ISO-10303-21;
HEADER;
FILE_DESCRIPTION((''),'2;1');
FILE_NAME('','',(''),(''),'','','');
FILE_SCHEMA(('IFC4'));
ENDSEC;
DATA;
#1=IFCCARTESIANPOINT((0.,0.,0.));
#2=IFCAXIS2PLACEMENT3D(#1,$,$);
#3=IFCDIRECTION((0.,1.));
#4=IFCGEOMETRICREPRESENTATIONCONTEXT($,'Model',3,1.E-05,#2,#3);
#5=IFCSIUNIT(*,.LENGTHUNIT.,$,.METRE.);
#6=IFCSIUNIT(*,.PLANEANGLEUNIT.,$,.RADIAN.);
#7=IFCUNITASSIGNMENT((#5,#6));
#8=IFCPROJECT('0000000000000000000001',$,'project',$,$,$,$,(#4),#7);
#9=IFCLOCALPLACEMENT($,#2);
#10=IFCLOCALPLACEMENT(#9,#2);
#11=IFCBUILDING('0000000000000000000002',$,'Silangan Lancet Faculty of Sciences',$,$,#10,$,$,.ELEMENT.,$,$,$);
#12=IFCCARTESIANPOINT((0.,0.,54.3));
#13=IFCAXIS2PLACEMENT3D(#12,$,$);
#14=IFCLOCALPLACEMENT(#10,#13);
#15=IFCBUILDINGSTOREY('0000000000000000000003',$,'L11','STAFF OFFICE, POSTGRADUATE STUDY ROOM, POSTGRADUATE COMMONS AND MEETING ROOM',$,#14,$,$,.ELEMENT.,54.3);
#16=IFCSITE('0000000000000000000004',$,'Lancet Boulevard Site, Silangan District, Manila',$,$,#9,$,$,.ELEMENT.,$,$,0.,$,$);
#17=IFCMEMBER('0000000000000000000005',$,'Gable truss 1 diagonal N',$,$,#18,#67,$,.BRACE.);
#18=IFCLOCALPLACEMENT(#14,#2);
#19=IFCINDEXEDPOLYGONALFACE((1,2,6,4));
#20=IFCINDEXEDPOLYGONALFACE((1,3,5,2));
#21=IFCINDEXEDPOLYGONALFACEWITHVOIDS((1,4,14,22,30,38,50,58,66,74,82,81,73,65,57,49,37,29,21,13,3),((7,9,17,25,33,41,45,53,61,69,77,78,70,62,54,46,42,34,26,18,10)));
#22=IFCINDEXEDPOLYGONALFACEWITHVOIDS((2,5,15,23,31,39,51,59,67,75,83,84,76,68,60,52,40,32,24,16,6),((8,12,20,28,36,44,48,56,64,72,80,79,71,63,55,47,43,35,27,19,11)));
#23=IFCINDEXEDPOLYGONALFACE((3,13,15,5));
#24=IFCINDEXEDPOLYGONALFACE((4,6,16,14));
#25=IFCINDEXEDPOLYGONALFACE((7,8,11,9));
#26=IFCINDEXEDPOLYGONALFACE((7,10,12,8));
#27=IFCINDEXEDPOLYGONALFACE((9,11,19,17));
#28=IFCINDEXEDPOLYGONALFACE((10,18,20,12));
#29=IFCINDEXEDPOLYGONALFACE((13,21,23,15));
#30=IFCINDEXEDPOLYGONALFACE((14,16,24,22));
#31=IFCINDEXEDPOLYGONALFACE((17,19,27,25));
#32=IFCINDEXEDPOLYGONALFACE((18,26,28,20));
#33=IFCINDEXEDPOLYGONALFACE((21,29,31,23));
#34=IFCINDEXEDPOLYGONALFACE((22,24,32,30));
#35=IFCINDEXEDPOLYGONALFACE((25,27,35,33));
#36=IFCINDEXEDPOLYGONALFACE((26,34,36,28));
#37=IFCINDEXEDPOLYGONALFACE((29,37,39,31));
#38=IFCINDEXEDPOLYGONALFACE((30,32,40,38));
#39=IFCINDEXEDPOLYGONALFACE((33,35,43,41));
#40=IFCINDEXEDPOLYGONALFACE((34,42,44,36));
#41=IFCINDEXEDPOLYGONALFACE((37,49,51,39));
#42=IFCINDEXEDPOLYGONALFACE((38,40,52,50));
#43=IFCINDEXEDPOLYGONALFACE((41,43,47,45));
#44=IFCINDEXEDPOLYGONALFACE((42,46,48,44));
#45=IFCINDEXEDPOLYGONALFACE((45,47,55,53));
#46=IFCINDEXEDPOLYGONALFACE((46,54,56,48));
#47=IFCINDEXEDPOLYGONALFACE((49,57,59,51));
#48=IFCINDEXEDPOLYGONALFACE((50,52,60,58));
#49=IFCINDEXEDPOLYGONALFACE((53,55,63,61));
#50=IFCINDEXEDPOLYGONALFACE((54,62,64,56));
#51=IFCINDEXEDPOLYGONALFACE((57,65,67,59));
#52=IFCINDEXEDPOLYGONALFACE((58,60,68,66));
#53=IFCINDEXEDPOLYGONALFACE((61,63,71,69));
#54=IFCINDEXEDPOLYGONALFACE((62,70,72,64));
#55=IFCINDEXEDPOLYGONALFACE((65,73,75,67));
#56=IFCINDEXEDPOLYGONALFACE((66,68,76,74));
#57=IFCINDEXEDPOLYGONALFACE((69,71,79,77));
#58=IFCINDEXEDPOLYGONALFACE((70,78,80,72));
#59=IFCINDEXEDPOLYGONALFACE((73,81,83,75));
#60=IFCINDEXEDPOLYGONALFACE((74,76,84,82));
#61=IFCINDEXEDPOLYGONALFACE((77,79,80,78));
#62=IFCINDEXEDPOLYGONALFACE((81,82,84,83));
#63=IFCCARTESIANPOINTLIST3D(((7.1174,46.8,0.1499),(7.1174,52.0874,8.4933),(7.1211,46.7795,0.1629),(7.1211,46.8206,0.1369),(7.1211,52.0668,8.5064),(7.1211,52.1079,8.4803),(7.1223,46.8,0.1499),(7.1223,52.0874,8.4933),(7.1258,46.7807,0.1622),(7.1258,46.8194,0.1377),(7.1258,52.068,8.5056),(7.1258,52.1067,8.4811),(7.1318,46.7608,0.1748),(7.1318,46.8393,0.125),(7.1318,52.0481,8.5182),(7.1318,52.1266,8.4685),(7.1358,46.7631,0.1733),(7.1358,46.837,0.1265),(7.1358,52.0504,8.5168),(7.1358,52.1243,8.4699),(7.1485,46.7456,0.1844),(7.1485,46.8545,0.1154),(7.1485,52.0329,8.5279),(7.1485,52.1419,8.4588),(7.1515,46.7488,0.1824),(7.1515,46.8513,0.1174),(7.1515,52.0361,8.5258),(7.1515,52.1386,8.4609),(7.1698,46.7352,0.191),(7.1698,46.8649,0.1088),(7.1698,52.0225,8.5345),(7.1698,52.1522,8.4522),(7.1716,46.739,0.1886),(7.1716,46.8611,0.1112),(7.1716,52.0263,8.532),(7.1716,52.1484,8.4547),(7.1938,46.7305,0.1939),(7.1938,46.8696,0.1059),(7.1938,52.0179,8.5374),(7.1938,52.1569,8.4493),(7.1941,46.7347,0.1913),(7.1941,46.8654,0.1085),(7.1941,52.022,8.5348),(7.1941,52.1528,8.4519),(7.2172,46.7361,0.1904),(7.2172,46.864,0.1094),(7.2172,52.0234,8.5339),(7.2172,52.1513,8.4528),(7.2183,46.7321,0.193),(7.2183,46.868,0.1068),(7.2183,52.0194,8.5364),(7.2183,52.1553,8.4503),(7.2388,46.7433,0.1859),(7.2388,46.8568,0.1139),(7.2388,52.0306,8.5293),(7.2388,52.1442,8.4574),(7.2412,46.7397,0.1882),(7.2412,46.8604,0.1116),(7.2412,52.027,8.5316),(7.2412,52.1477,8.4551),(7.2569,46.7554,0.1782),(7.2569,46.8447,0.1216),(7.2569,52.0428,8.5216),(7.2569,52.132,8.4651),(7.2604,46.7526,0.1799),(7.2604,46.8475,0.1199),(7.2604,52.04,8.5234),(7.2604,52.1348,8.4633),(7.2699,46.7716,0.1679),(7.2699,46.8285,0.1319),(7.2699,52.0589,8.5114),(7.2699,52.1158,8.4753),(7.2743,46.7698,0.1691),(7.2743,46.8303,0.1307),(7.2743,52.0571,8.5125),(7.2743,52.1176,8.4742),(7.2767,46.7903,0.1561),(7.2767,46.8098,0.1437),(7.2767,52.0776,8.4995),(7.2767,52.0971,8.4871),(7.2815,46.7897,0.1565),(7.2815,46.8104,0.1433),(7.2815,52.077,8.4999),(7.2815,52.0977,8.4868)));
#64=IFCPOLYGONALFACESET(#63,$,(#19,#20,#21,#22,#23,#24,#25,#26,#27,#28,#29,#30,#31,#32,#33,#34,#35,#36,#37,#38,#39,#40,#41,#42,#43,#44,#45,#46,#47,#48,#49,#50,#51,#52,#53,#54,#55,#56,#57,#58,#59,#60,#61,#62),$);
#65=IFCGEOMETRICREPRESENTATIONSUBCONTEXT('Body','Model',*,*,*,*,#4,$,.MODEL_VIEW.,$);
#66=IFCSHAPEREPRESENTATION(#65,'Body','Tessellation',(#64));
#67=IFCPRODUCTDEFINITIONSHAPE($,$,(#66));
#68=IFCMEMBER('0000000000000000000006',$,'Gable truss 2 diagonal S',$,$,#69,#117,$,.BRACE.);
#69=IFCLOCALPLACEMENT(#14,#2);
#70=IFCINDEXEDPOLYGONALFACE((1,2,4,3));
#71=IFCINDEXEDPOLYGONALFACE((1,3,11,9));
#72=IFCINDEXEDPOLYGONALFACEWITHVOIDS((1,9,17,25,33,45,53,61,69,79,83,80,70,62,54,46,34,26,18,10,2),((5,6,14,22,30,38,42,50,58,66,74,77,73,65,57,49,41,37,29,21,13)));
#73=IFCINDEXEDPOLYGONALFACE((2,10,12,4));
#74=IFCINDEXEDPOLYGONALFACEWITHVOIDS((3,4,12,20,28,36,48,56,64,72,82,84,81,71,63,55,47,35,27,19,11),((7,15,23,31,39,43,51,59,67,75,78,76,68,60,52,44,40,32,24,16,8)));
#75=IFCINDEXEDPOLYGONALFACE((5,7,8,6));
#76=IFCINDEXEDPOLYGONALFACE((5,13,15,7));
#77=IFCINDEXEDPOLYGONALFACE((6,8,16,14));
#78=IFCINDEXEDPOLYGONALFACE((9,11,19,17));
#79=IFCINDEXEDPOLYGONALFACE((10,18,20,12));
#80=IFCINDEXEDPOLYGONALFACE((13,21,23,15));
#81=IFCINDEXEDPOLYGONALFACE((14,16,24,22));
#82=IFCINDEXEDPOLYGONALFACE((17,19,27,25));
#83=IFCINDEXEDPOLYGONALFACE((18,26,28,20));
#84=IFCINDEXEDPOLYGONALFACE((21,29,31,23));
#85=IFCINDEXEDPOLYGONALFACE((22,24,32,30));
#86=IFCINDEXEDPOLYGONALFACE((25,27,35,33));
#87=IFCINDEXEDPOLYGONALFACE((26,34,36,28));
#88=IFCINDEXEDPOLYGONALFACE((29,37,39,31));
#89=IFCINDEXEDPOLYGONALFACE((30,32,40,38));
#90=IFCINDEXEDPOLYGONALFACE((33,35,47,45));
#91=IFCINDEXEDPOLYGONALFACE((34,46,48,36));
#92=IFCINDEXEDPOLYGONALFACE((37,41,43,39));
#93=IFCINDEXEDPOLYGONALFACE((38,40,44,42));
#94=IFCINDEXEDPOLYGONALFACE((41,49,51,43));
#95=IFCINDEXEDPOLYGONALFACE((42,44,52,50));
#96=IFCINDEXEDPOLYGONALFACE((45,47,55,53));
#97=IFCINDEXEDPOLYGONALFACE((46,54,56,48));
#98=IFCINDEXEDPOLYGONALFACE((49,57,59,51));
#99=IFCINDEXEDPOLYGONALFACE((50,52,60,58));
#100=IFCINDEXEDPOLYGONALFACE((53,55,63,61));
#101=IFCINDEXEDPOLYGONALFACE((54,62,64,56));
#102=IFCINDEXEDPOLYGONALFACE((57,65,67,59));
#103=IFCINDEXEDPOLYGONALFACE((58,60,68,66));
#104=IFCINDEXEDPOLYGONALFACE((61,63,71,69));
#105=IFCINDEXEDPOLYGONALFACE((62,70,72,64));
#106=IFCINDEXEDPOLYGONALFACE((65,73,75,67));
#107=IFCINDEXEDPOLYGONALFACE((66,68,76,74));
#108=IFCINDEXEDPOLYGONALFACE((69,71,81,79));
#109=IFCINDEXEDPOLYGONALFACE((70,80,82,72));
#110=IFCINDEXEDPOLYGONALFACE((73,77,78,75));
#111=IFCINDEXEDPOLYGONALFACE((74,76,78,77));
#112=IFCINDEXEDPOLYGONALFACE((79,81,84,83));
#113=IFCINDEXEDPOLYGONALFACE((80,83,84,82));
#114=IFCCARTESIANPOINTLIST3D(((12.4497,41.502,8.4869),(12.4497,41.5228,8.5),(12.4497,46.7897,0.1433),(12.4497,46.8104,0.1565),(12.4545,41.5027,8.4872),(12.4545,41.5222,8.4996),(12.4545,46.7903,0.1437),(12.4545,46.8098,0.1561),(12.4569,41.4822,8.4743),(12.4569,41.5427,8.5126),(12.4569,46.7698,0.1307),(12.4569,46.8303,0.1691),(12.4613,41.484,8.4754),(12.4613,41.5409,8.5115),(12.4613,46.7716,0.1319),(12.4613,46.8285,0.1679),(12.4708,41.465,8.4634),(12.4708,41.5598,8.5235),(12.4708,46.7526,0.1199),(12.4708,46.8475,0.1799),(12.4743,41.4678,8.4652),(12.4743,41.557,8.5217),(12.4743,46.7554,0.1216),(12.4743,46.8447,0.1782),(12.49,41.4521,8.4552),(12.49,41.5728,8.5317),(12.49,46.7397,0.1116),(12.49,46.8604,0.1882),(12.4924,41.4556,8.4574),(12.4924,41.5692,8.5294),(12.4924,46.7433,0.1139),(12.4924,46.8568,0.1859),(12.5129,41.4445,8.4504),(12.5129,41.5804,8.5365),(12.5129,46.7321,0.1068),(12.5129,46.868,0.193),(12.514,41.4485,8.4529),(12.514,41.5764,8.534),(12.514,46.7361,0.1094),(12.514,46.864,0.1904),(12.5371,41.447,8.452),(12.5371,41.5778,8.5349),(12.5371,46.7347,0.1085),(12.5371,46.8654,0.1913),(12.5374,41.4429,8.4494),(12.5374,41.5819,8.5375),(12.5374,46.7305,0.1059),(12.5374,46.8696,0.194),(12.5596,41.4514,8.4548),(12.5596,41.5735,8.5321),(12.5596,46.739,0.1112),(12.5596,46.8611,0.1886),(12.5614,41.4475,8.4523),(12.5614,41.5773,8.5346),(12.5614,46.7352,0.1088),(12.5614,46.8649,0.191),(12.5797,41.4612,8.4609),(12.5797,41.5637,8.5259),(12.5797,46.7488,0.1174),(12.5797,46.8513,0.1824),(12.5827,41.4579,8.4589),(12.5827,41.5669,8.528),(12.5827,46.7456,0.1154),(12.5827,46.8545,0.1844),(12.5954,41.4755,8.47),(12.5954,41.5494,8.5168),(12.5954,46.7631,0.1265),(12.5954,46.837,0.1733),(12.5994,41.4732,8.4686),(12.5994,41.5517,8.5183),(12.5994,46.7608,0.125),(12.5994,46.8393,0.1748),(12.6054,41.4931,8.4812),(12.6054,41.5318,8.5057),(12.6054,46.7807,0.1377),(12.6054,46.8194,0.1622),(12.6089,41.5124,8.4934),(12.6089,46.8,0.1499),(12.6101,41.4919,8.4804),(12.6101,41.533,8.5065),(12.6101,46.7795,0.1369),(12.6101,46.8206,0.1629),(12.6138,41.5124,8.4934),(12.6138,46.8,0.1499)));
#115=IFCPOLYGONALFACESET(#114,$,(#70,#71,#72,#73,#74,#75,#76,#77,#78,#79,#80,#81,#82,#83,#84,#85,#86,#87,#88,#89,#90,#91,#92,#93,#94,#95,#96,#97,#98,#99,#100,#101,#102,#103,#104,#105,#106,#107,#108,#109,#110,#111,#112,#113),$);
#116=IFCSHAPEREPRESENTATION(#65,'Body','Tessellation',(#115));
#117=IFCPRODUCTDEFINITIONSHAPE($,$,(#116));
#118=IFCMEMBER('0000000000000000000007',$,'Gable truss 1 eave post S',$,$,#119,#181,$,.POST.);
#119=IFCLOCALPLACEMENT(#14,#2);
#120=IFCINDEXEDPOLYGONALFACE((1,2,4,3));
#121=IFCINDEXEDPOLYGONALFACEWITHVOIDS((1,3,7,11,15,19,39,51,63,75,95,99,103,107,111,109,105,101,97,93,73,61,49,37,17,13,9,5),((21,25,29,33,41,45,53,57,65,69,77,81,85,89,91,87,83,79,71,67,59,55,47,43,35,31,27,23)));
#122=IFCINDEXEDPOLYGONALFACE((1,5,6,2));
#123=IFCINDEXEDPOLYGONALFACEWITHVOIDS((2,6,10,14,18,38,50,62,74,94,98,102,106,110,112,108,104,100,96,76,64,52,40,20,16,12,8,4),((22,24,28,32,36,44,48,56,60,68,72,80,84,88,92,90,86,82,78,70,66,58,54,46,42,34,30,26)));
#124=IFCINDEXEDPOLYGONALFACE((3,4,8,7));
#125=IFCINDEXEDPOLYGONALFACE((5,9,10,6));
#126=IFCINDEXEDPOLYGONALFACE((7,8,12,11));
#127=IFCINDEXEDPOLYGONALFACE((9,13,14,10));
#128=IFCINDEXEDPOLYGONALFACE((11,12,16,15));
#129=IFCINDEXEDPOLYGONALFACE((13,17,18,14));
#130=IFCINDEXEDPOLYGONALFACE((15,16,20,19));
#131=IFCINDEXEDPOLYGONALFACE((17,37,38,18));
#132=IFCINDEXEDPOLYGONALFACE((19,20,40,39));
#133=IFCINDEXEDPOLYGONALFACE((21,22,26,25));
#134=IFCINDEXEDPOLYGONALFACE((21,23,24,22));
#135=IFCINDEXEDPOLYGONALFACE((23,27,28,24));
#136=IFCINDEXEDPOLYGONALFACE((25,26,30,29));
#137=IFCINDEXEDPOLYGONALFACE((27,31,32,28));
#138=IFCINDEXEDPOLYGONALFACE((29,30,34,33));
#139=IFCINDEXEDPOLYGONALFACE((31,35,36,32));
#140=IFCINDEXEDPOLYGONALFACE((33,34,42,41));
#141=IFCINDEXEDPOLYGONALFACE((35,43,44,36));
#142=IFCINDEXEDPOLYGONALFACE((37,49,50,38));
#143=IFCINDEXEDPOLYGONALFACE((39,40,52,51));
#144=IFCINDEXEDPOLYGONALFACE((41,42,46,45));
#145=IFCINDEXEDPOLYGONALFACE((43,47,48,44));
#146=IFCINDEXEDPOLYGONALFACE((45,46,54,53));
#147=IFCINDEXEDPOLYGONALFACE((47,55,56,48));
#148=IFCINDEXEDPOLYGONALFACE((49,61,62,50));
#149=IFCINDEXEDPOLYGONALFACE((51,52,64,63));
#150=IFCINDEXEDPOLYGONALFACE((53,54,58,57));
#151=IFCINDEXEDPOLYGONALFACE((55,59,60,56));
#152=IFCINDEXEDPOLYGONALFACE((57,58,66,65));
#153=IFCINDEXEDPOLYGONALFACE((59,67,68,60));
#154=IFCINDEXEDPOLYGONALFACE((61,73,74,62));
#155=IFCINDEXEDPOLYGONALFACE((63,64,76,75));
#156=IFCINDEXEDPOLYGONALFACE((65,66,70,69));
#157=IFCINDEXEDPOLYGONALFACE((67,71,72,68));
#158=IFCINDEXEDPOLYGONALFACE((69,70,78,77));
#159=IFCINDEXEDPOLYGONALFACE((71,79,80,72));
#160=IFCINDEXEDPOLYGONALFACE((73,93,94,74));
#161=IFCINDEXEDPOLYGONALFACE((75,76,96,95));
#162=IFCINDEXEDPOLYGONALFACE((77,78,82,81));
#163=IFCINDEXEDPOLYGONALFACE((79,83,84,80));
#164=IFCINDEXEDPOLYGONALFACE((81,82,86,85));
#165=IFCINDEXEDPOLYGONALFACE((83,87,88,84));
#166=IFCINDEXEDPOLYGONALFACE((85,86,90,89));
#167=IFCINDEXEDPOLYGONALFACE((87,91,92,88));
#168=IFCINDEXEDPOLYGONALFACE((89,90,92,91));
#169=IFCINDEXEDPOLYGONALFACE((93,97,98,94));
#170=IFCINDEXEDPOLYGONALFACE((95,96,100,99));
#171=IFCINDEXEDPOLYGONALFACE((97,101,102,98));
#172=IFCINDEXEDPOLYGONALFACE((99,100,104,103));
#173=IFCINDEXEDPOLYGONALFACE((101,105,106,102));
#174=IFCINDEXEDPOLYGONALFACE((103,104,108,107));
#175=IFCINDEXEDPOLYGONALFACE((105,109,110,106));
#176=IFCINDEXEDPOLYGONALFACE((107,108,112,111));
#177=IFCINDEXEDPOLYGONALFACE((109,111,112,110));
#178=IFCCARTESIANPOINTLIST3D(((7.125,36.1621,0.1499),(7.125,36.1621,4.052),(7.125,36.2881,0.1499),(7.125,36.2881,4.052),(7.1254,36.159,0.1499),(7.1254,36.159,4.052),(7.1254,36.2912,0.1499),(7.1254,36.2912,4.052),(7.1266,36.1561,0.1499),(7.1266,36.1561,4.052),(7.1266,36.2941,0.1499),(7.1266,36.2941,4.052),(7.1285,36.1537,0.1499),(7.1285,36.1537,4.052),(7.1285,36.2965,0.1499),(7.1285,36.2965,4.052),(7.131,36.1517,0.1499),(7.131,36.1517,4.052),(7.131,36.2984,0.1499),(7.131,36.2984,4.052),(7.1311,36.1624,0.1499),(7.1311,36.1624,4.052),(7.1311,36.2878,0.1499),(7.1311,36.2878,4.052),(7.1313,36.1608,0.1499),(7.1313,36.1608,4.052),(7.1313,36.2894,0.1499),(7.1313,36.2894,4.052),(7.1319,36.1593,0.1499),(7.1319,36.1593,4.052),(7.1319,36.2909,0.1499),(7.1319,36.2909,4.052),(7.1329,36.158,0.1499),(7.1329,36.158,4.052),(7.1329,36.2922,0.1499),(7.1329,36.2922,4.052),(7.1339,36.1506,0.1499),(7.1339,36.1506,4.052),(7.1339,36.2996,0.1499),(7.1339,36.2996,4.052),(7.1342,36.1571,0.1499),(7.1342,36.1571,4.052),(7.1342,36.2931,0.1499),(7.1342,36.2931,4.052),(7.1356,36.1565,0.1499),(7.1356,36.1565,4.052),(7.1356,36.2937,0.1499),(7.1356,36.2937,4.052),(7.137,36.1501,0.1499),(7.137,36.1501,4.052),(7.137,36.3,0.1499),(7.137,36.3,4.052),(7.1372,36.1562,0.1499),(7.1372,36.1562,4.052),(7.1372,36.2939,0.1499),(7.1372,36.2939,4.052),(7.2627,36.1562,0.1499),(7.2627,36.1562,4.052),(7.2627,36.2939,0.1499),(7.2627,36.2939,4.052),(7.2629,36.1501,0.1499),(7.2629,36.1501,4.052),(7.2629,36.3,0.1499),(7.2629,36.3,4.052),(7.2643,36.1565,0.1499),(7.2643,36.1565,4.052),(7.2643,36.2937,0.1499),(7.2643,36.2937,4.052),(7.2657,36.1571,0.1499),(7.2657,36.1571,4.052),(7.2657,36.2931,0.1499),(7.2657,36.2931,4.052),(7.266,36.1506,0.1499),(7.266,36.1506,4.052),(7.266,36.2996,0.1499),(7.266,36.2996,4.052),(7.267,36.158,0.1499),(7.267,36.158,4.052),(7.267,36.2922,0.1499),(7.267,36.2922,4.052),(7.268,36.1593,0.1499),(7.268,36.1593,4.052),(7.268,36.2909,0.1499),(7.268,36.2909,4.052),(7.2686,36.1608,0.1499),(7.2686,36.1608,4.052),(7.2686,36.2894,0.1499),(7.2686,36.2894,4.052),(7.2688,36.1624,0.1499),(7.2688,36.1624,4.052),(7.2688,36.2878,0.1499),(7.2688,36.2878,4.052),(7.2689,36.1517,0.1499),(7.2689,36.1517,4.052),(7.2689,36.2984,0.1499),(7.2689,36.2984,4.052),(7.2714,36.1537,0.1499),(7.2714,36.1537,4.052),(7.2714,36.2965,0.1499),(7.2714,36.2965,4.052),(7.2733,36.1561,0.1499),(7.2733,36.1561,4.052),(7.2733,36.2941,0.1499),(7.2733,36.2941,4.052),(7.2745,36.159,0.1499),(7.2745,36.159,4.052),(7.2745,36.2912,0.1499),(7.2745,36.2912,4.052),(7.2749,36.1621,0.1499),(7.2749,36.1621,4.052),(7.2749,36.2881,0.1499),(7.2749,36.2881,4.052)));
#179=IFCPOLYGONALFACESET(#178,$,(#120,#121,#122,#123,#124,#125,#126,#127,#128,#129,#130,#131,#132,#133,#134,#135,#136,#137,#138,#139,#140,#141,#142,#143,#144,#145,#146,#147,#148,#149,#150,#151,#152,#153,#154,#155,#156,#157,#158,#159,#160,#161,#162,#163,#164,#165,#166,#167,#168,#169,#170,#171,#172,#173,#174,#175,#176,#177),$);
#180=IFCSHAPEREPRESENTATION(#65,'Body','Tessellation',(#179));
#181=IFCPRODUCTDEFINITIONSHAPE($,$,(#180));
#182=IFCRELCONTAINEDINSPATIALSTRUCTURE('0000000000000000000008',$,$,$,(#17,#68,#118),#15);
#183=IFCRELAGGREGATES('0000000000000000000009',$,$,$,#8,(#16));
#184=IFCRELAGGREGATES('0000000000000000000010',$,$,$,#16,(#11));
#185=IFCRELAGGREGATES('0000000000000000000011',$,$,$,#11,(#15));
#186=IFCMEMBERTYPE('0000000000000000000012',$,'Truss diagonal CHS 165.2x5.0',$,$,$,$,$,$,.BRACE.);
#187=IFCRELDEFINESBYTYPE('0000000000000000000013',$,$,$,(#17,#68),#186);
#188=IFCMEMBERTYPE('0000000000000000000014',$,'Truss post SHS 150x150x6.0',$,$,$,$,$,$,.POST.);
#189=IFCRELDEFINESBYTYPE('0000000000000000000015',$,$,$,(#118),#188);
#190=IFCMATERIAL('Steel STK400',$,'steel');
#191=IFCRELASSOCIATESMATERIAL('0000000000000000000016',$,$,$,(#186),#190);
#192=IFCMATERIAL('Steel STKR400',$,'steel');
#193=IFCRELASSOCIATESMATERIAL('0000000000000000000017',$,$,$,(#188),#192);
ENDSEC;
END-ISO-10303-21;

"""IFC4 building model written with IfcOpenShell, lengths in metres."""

from ifc_helpers import new_model, si_unit, direction, frame, origin, origin_2d, place, context, subcontext, project, spatial, hollow_rectangle, hollow_circle, extrude, material, material_profile, profile_set, type_object, element, save


model = new_model("IFC4")

# Units and contexts
model_context = context("Model", 3, precision=1e-05, world=origin(), true_north=direction((0.0, 1.0)))
body_context = subcontext(model_context, "Body", "Model", "MODEL_VIEW")
ifc_project = project(units=[si_unit("LENGTHUNIT", "METRE"), si_unit("PLANEANGLEUNIT", "RADIAN")], contexts=[model_context])

# Site, building, storey
site_placement = place(None, origin())
site = spatial("IfcSite", under=ifc_project, at=site_placement, Name="Lancet Boulevard Site, Silangan District, Manila", CompositionType="ELEMENT", RefElevation=0.0)
building_placement = place(site_placement, origin())
building = spatial("IfcBuilding", under=site, at=building_placement, Name="Silangan Lancet Faculty of Sciences", CompositionType="ELEMENT")
storey_placement = place(building_placement, frame((0.0, 0.0, 54.3)))
storey = spatial("IfcBuildingStorey", under=building, at=storey_placement, Name="L11", Description="STAFF OFFICE, POSTGRADUATE STUDY ROOM, POSTGRADUATE COMMONS AND MEETING ROOM", CompositionType="ELEMENT", Elevation=54.3)

# Members
ifc_material_1 = material(Name="Steel STK400", Category="steel")
ifc_material_profile_1 = material_profile(ifc_material_1, hollow_circle(Radius=0.0825, WallThickness=0.0049, at=origin_2d()), Name="CHS 165.2x5.0")
ifc_profile_set_1 = profile_set([ifc_material_profile_1], Name="Steel STK400")
member_type_1 = type_object("IfcMemberType", Name="Truss diagonal CHS 165.2x5.0", PredefinedType="BRACE", material=ifc_profile_set_1)
member_1_placement = place(storey_placement, frame((7.2, 46.8, 0.1499), z_axis=(0.0, 0.535278, 0.844676), x_axis=(-1.0, 0.0, 0.0)))
element("IfcMember", 1, at=member_1_placement, inside=storey, type_object=member_type_1, Name="Gable truss 1 diagonal N", PredefinedType="BRACE", context=body_context, shape_type="SweptSolid", body=[
    extrude(hollow_circle(Radius=0.0825, WallThickness=0.0049, at=origin_2d()), origin(), (0.0, 0.0, 1.0), 9.8777),
])
member_2_placement = place(storey_placement, frame((12.5312, 46.8, 0.1499), z_axis=(0.0, -0.535296, 0.844664), x_axis=(1.0, 0.0, 0.0)))
element("IfcMember", 2, at=member_2_placement, inside=storey, type_object=member_type_1, Name="Gable truss 2 diagonal S", PredefinedType="BRACE", context=body_context, shape_type="SweptSolid", body=[
    extrude(hollow_circle(Radius=0.0825, WallThickness=0.0049, at=origin_2d()), origin(), (0.0, 0.0, 1.0), 9.8779),
])
ifc_material_2 = material(Name="Steel STKR400", Category="steel")
ifc_material_profile_2 = material_profile(ifc_material_2, hollow_rectangle(XDim=0.1499, YDim=0.1499, WallThickness=0.0061, InnerFilletRadius=0.0061, OuterFilletRadius=0.012, at=origin_2d()), Name="SHS 150x150x6.0")
ifc_profile_set_2 = profile_set([ifc_material_profile_2], Name="Steel STKR400")
member_type_2 = type_object("IfcMemberType", Name="Truss post SHS 150x150x6.0", PredefinedType="POST", material=ifc_profile_set_2)
member_3_placement = place(storey_placement, frame((7.2, 36.2251, 0.1499), z_axis=(0.0, 0.0, 1.0), x_axis=(1.0, 0.0, 0.0)))
element("IfcMember", 3, at=member_3_placement, inside=storey, type_object=member_type_2, Name="Gable truss 1 eave post S", PredefinedType="POST", context=body_context, shape_type="SweptSolid", body=[
    extrude(hollow_rectangle(XDim=0.1499, YDim=0.1499, WallThickness=0.0061, InnerFilletRadius=0.0061, OuterFilletRadius=0.012, at=origin_2d()), origin(), (0.0, 0.0, 1.0), 3.9021),
])

save(model, "model.ifc")
